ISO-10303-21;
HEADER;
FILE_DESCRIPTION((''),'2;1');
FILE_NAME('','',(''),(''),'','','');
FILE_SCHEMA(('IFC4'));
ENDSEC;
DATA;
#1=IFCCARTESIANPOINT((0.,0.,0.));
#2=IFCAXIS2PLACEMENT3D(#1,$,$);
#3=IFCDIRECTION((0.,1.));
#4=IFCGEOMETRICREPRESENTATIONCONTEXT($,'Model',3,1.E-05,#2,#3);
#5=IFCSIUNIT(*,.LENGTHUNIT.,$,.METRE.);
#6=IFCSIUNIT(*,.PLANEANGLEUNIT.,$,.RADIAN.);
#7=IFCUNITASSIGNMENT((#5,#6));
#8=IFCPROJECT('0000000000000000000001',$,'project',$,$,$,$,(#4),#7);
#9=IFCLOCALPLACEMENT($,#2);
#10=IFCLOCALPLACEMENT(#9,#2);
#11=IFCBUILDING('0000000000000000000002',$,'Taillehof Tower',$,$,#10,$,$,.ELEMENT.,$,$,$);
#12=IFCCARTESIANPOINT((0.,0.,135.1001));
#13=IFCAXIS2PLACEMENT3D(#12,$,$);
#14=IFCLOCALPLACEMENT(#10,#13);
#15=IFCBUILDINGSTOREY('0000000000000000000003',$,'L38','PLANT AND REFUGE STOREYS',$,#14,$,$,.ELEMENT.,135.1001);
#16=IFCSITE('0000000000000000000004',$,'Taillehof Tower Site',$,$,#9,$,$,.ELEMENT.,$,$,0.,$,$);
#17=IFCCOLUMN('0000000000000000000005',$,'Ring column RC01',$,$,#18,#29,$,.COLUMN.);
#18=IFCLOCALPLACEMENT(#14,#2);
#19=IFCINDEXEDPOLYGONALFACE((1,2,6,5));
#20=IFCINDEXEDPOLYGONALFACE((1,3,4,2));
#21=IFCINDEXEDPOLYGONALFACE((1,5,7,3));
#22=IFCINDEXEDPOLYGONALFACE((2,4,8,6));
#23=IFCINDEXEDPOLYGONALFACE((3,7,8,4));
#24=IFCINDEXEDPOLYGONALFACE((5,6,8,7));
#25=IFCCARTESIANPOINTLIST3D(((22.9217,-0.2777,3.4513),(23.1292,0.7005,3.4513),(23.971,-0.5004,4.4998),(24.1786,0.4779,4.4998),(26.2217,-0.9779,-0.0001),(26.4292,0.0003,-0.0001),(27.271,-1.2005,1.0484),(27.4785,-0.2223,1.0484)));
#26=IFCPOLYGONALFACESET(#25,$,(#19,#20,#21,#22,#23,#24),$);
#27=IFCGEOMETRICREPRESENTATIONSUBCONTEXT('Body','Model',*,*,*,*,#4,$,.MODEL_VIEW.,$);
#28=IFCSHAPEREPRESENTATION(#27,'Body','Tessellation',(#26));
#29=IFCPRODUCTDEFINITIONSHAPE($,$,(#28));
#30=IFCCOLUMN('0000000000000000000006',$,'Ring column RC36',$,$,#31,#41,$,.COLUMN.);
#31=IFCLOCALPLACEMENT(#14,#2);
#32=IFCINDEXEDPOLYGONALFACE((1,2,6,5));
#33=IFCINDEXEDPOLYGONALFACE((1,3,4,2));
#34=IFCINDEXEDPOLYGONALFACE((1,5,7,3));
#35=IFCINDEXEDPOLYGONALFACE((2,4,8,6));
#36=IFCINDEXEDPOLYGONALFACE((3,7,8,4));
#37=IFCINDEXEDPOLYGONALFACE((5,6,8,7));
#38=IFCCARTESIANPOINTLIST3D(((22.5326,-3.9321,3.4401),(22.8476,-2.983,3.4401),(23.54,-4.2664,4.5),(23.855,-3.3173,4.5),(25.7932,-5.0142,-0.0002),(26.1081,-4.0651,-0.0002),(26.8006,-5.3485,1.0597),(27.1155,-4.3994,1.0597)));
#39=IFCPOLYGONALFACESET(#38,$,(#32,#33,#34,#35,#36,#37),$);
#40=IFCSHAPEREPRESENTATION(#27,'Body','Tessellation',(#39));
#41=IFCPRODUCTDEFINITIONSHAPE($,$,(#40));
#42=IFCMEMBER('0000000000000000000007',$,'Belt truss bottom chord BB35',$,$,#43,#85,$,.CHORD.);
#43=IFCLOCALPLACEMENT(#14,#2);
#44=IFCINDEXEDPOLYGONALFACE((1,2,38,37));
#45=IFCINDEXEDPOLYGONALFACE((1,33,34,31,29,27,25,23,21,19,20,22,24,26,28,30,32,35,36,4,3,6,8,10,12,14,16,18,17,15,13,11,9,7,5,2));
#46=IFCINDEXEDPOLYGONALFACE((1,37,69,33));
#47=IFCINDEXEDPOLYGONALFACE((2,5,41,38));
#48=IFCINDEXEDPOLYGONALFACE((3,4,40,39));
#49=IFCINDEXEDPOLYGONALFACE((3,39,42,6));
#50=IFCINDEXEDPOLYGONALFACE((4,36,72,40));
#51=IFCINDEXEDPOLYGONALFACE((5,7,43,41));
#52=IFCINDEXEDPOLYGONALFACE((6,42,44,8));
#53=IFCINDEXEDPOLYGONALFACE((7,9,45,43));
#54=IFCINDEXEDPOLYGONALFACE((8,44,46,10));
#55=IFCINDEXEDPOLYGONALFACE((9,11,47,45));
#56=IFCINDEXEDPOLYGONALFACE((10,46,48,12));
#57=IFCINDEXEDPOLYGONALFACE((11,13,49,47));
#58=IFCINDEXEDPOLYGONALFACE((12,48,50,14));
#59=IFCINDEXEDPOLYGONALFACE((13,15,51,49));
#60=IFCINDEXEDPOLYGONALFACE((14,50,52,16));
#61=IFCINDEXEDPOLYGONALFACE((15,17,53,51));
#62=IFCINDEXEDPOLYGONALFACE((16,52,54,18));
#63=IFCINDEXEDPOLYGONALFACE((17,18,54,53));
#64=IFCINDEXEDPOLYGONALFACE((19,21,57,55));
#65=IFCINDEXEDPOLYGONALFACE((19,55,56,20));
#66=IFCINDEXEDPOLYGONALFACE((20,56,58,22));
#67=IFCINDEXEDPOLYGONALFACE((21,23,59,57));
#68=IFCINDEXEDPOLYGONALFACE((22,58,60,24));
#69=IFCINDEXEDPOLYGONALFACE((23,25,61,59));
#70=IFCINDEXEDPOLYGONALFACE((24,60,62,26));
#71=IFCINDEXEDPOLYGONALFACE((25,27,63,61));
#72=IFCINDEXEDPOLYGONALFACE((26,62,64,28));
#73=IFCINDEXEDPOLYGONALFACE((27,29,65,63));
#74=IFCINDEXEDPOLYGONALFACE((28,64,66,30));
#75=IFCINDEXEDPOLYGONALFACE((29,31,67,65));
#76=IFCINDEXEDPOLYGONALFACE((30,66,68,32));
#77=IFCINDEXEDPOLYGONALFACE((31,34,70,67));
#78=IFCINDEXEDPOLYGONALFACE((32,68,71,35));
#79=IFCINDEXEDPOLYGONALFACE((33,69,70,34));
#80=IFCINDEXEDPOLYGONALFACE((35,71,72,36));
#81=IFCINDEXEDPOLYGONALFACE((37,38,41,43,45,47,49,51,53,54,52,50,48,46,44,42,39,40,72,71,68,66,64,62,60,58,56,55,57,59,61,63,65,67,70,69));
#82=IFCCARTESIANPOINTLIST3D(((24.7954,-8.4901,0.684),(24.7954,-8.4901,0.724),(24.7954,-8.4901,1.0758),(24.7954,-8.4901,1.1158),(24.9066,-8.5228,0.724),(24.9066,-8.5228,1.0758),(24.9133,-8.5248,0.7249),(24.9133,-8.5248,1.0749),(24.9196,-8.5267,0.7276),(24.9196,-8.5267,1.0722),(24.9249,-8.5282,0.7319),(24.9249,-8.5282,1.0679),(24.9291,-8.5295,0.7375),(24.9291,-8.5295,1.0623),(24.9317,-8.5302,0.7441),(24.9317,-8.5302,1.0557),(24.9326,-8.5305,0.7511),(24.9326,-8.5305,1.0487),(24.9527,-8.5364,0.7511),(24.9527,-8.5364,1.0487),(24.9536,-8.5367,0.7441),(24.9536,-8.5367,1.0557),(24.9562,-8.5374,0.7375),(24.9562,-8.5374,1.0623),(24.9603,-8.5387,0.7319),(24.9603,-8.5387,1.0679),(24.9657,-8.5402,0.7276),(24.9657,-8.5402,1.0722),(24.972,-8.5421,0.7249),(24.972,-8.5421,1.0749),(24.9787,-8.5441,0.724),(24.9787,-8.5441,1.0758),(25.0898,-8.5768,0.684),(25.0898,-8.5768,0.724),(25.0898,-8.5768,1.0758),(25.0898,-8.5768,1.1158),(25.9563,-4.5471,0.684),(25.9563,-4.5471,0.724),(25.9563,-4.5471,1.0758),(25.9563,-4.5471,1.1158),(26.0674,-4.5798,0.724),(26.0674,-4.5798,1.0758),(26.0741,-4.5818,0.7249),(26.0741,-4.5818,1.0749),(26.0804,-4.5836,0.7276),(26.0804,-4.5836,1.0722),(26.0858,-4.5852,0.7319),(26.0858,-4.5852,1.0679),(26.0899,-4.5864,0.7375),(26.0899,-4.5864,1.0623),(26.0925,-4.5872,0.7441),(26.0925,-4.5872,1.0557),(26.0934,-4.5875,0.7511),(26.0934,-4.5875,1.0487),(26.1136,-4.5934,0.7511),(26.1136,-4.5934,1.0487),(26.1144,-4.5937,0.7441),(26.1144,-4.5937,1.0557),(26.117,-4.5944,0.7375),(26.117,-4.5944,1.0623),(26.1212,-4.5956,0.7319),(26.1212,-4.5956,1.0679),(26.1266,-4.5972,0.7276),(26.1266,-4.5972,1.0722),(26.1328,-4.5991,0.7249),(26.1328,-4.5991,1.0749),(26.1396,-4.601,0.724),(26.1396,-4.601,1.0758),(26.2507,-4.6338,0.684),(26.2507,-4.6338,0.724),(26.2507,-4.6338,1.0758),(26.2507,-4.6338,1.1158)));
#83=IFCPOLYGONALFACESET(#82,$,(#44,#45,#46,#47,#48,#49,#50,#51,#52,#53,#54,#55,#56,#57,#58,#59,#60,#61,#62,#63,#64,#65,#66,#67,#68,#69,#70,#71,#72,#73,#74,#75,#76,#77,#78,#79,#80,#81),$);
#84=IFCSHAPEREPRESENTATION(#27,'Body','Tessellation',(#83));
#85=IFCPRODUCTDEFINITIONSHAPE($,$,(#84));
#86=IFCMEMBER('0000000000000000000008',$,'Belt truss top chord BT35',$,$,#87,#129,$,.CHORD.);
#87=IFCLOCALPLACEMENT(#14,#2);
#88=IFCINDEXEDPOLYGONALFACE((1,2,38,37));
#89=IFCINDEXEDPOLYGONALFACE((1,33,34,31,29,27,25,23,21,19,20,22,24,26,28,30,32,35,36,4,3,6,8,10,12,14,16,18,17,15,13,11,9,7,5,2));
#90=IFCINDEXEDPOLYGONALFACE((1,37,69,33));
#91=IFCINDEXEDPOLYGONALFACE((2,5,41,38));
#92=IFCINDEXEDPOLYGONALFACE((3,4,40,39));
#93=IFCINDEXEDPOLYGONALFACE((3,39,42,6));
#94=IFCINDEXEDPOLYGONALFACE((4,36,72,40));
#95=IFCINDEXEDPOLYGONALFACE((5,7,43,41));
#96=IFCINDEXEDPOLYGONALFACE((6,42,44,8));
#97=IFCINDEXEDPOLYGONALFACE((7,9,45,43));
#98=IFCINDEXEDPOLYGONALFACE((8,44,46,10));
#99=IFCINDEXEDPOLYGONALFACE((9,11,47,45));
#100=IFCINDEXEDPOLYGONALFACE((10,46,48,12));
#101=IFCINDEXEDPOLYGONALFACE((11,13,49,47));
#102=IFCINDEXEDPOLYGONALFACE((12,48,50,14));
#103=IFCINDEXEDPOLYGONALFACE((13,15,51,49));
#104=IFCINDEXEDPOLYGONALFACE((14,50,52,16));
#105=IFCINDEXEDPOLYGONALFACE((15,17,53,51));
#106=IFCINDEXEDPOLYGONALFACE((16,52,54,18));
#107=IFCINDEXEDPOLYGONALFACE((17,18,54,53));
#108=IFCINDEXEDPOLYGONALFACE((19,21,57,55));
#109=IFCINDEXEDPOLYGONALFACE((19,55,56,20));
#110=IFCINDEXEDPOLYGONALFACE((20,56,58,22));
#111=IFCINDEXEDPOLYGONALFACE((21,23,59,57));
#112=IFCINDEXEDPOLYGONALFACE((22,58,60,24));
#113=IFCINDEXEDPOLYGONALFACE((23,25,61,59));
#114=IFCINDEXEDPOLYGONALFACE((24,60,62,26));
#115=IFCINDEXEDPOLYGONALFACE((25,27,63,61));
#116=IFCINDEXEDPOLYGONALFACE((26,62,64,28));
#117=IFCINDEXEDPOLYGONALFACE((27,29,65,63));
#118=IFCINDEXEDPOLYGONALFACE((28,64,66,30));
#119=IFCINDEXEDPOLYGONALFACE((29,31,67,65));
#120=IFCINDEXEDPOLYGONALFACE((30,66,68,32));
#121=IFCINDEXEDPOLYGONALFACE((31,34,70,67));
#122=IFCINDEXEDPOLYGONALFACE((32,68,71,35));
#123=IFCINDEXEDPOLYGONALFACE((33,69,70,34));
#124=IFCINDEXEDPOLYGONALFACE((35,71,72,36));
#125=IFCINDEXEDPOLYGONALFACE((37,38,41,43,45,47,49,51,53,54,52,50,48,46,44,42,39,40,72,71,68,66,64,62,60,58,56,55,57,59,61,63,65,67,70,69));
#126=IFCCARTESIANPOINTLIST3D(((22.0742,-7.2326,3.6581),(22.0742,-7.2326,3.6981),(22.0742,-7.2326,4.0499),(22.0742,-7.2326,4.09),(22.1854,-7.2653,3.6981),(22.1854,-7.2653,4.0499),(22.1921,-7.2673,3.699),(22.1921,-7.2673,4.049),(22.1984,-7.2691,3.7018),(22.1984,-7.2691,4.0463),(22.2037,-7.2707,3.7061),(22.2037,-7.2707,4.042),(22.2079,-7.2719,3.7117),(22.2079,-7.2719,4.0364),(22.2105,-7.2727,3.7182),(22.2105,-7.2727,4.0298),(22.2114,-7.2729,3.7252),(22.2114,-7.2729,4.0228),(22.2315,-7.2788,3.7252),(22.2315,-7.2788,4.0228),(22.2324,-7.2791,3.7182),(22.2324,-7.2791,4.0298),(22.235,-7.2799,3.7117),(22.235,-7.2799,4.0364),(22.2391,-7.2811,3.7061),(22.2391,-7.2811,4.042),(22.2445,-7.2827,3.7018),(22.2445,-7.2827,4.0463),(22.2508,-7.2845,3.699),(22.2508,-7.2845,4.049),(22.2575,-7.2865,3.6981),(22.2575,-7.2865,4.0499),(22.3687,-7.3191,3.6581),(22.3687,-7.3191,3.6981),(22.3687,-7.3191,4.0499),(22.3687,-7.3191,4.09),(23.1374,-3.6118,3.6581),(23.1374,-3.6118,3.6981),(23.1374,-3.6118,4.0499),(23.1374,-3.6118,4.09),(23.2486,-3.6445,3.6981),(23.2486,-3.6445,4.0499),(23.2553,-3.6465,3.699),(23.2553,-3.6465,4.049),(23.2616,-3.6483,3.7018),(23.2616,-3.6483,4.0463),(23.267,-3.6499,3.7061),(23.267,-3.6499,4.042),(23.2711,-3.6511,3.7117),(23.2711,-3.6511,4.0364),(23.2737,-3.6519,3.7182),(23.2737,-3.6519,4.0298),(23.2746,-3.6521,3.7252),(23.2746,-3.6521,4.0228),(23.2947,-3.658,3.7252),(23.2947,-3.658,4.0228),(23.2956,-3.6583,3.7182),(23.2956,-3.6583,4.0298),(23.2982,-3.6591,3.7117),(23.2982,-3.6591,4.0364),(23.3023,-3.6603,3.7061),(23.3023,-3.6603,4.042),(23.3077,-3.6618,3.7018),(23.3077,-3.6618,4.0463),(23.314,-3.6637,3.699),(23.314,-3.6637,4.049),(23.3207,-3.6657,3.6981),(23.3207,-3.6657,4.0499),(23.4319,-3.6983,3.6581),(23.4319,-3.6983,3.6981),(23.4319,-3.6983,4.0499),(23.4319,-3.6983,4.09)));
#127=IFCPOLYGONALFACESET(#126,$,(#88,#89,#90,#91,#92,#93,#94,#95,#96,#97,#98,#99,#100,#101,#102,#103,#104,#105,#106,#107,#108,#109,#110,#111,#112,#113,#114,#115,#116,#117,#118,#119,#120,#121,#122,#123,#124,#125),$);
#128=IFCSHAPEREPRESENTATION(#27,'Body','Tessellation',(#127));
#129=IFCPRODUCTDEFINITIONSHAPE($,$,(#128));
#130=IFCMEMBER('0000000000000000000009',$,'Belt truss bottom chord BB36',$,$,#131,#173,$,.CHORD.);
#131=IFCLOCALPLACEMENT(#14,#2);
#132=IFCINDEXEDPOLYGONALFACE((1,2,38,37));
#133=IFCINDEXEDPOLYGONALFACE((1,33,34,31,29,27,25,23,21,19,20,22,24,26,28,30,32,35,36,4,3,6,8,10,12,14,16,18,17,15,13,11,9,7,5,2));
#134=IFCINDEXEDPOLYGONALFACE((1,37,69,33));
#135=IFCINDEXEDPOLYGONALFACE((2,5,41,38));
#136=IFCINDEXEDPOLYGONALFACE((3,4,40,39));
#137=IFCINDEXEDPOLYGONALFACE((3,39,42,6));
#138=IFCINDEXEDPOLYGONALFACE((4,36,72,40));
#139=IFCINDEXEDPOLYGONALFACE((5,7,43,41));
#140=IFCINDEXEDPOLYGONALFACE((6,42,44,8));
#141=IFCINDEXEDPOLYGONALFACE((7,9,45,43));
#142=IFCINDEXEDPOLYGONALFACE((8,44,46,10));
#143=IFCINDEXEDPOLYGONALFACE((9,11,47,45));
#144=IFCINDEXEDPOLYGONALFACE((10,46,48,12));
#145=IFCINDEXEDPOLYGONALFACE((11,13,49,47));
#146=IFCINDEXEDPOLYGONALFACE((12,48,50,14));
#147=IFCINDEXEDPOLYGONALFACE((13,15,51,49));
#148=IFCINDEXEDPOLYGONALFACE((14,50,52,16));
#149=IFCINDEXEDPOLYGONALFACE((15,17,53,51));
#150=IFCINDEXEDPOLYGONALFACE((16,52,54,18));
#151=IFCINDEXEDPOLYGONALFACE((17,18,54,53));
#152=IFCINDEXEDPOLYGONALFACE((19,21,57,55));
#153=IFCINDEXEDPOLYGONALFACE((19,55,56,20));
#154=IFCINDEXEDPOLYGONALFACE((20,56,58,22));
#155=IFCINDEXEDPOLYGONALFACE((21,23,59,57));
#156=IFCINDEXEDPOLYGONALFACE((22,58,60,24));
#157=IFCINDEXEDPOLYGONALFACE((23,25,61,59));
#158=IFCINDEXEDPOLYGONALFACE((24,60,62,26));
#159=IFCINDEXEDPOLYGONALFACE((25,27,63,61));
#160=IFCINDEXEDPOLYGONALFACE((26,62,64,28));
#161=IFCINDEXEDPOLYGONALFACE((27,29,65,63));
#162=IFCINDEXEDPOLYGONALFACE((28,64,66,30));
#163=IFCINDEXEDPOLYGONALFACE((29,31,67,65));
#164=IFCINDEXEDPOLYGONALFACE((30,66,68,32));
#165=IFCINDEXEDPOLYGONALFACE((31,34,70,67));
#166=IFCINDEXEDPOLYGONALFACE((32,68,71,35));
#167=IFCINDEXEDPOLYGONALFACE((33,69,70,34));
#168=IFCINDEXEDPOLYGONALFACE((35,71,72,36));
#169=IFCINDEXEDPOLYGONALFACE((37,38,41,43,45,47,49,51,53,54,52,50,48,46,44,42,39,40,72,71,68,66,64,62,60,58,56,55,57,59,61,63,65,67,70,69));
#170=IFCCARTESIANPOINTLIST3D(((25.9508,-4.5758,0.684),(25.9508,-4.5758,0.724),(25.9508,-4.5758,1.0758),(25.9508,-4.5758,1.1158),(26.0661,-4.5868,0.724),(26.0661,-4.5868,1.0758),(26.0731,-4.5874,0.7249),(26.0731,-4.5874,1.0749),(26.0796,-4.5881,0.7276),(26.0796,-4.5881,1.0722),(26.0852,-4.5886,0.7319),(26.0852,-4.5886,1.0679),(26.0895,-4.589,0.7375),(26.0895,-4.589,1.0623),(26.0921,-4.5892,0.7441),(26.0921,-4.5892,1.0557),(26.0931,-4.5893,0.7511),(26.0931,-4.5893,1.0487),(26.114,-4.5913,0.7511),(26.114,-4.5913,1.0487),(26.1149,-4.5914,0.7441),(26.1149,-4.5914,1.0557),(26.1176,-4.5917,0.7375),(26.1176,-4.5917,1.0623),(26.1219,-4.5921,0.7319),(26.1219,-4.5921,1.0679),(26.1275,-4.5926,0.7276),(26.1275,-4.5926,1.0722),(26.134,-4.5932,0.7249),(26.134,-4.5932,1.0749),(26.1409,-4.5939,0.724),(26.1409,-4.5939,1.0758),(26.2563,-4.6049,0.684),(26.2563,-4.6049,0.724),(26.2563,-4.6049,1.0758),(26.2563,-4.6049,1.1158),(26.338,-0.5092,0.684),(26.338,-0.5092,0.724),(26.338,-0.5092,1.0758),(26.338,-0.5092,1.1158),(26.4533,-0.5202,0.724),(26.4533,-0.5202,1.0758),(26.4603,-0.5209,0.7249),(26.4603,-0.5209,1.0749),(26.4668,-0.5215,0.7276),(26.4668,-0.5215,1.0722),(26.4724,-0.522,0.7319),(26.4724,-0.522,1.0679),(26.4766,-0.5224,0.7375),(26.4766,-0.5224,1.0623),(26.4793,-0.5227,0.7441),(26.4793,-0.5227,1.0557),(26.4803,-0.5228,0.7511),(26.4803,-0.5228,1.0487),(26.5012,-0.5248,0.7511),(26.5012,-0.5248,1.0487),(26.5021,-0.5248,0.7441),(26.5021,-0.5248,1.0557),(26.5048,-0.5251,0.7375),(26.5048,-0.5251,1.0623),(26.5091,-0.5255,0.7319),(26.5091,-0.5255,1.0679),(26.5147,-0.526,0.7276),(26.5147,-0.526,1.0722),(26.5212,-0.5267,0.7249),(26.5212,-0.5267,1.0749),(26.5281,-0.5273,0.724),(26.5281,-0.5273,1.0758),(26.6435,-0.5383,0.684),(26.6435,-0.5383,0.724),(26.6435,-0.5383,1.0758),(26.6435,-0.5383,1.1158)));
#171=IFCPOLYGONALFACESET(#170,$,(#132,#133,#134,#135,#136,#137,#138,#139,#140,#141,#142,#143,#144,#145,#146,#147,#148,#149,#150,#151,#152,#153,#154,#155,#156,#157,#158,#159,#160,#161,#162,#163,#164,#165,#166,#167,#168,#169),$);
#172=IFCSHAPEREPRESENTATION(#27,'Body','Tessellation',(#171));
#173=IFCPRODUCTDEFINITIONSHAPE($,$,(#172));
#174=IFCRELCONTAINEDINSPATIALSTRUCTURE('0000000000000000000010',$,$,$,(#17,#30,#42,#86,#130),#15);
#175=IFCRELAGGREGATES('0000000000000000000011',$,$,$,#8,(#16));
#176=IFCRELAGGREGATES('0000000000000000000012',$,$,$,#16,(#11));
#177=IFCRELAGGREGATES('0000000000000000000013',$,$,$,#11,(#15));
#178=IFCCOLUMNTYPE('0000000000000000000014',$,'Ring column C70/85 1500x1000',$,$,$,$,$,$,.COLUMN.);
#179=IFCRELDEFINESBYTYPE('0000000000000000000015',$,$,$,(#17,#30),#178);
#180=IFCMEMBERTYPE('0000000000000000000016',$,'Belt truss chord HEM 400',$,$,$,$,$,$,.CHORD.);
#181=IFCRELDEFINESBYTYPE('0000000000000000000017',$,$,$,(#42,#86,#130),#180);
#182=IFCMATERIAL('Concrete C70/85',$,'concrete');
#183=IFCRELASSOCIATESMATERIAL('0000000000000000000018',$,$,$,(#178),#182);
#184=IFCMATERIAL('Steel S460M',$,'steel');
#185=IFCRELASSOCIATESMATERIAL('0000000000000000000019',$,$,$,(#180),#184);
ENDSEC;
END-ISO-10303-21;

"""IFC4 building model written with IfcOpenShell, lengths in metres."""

from ifc_helpers import new_model, si_unit, direction, frame, origin, origin_2d, place, context, subcontext, project, spatial, rectangle, i_section, extrude, material, material_profile, profile_set, type_object, element, save


model = new_model("IFC4")

# Units and contexts
model_context = context("Model", 3, precision=1e-05, world=origin(), true_north=direction((0.0, 1.0)))
body_context = subcontext(model_context, "Body", "Model", "MODEL_VIEW")
ifc_project = project(units=[si_unit("LENGTHUNIT", "METRE"), si_unit("PLANEANGLEUNIT", "RADIAN")], contexts=[model_context])

# Site, building, storey
site_placement = place(None, origin())
site = spatial("IfcSite", under=ifc_project, at=site_placement, Name="Taillehof Tower Site", CompositionType="ELEMENT", RefElevation=0.0)
building_placement = place(site_placement, origin())
building = spatial("IfcBuilding", under=site, at=building_placement, Name="Taillehof Tower", CompositionType="ELEMENT")
storey_placement = place(building_placement, frame((0.0, 0.0, 135.1001)))
storey = spatial("IfcBuildingStorey", under=building, at=storey_placement, Name="L38", Description="PLANT AND REFUGE STOREYS", CompositionType="ELEMENT", Elevation=135.1001)

# Columns
ifc_material_1 = material(Name="Concrete C70/85", Category="concrete")
ifc_material_profile_1 = material_profile(ifc_material_1, rectangle(XDim=1.5, YDim=1.0, at=origin_2d()), Name="RC 1500x1000")
ifc_profile_set_1 = profile_set([ifc_material_profile_1], Name="Concrete C70/85")
column_type = type_object("IfcColumnType", Name="Ring column C70/85 1500x1000", PredefinedType="COLUMN", material=ifc_profile_set_1)
column_1_placement = place(storey_placement, frame((26.8501, -0.6001, 0.5242), z_axis=(-0.683768, 0.14508, 0.715131), x_axis=(0.699558, -0.14843, 0.69899)))
element("IfcColumn", 1, at=column_1_placement, inside=storey, type_object=column_type, Name="Ring column RC01", PredefinedType="COLUMN", context=body_context, shape_type="SweptSolid", body=[
    extrude(rectangle(XDim=1.5, YDim=1.0, at=origin_2d()), origin(), (0.0, 0.0, 1.0), 4.8262),
])
column_2_placement = place(storey_placement, frame((26.4543, -4.7068, 0.5298), z_axis=(-0.670644, 0.22256, 0.707604), x_axis=(0.671588, -0.222874, 0.706609)))
element("IfcColumn", 2, at=column_2_placement, inside=storey, type_object=column_type, Name="Ring column RC36", PredefinedType="COLUMN", context=body_context, shape_type="SweptSolid", body=[
    extrude(rectangle(XDim=1.5, YDim=1.0, at=origin_2d()), origin(), (0.0, 0.0, 1.0), 4.8618),
])

# Members
ifc_material_2 = material(Name="Steel S460M", Category="steel")
ifc_material_profile_2 = material_profile(ifc_material_2, i_section(OverallWidth=0.3069, OverallDepth=0.4319, WebThickness=0.021, FlangeThickness=0.04, FilletRadius=0.0271, at=origin_2d()), Name="HEM 400")
ifc_profile_set_2 = profile_set([ifc_material_profile_2], Name="Steel S460M")
member_type_1 = type_object("IfcMemberType", Name="Belt truss chord HEM 400", PredefinedType="CHORD", material=ifc_profile_set_2)
member_1_placement = place(storey_placement, frame((24.9426, -8.5334, 0.8999), z_axis=(0.282424, 0.95929, 0.0), x_axis=(-0.95929, 0.282424, 0.0)))
element("IfcMember", 3, at=member_1_placement, inside=storey, type_object=member_type_1, Name="Belt truss bottom chord BB35", PredefinedType="CHORD", context=body_context, shape_type="SweptSolid", body=[
    extrude(i_section(OverallWidth=0.3069, OverallDepth=0.4319, WebThickness=0.021, FlangeThickness=0.04, FilletRadius=0.0271, at=origin_2d()), origin(), (0.0, 0.0, 1.0), 4.1104),
])
member_2_placement = place(storey_placement, frame((22.2214, -7.2759, 3.874), z_axis=(0.281746, 0.959489, 0.0), x_axis=(-0.959489, 0.281746, 0.0)))
element("IfcMember", 4, at=member_2_placement, inside=storey, type_object=member_type_1, Name="Belt truss top chord BT35", PredefinedType="CHORD", context=body_context, shape_type="SweptSolid", body=[
    extrude(i_section(OverallWidth=0.3069, OverallDepth=0.4319, WebThickness=0.021, FlangeThickness=0.04, FilletRadius=0.0271, at=origin_2d()), origin(), (0.0, 0.0, 1.0), 3.7737),
])
member_3_placement = place(storey_placement, frame((26.1035, -4.5903, 0.8999), z_axis=(0.094787, 0.995498, 0.0), x_axis=(-0.995498, 0.094787, 0.0)))
element("IfcMember", 5, at=member_3_placement, inside=storey, type_object=member_type_1, Name="Belt truss bottom chord BB36", PredefinedType="CHORD", context=body_context, shape_type="SweptSolid", body=[
    extrude(i_section(OverallWidth=0.3069, OverallDepth=0.4319, WebThickness=0.021, FlangeThickness=0.04, FilletRadius=0.0271, at=origin_2d()), origin(), (0.0, 0.0, 1.0), 4.085),
])

save(model, "model.ifc")
